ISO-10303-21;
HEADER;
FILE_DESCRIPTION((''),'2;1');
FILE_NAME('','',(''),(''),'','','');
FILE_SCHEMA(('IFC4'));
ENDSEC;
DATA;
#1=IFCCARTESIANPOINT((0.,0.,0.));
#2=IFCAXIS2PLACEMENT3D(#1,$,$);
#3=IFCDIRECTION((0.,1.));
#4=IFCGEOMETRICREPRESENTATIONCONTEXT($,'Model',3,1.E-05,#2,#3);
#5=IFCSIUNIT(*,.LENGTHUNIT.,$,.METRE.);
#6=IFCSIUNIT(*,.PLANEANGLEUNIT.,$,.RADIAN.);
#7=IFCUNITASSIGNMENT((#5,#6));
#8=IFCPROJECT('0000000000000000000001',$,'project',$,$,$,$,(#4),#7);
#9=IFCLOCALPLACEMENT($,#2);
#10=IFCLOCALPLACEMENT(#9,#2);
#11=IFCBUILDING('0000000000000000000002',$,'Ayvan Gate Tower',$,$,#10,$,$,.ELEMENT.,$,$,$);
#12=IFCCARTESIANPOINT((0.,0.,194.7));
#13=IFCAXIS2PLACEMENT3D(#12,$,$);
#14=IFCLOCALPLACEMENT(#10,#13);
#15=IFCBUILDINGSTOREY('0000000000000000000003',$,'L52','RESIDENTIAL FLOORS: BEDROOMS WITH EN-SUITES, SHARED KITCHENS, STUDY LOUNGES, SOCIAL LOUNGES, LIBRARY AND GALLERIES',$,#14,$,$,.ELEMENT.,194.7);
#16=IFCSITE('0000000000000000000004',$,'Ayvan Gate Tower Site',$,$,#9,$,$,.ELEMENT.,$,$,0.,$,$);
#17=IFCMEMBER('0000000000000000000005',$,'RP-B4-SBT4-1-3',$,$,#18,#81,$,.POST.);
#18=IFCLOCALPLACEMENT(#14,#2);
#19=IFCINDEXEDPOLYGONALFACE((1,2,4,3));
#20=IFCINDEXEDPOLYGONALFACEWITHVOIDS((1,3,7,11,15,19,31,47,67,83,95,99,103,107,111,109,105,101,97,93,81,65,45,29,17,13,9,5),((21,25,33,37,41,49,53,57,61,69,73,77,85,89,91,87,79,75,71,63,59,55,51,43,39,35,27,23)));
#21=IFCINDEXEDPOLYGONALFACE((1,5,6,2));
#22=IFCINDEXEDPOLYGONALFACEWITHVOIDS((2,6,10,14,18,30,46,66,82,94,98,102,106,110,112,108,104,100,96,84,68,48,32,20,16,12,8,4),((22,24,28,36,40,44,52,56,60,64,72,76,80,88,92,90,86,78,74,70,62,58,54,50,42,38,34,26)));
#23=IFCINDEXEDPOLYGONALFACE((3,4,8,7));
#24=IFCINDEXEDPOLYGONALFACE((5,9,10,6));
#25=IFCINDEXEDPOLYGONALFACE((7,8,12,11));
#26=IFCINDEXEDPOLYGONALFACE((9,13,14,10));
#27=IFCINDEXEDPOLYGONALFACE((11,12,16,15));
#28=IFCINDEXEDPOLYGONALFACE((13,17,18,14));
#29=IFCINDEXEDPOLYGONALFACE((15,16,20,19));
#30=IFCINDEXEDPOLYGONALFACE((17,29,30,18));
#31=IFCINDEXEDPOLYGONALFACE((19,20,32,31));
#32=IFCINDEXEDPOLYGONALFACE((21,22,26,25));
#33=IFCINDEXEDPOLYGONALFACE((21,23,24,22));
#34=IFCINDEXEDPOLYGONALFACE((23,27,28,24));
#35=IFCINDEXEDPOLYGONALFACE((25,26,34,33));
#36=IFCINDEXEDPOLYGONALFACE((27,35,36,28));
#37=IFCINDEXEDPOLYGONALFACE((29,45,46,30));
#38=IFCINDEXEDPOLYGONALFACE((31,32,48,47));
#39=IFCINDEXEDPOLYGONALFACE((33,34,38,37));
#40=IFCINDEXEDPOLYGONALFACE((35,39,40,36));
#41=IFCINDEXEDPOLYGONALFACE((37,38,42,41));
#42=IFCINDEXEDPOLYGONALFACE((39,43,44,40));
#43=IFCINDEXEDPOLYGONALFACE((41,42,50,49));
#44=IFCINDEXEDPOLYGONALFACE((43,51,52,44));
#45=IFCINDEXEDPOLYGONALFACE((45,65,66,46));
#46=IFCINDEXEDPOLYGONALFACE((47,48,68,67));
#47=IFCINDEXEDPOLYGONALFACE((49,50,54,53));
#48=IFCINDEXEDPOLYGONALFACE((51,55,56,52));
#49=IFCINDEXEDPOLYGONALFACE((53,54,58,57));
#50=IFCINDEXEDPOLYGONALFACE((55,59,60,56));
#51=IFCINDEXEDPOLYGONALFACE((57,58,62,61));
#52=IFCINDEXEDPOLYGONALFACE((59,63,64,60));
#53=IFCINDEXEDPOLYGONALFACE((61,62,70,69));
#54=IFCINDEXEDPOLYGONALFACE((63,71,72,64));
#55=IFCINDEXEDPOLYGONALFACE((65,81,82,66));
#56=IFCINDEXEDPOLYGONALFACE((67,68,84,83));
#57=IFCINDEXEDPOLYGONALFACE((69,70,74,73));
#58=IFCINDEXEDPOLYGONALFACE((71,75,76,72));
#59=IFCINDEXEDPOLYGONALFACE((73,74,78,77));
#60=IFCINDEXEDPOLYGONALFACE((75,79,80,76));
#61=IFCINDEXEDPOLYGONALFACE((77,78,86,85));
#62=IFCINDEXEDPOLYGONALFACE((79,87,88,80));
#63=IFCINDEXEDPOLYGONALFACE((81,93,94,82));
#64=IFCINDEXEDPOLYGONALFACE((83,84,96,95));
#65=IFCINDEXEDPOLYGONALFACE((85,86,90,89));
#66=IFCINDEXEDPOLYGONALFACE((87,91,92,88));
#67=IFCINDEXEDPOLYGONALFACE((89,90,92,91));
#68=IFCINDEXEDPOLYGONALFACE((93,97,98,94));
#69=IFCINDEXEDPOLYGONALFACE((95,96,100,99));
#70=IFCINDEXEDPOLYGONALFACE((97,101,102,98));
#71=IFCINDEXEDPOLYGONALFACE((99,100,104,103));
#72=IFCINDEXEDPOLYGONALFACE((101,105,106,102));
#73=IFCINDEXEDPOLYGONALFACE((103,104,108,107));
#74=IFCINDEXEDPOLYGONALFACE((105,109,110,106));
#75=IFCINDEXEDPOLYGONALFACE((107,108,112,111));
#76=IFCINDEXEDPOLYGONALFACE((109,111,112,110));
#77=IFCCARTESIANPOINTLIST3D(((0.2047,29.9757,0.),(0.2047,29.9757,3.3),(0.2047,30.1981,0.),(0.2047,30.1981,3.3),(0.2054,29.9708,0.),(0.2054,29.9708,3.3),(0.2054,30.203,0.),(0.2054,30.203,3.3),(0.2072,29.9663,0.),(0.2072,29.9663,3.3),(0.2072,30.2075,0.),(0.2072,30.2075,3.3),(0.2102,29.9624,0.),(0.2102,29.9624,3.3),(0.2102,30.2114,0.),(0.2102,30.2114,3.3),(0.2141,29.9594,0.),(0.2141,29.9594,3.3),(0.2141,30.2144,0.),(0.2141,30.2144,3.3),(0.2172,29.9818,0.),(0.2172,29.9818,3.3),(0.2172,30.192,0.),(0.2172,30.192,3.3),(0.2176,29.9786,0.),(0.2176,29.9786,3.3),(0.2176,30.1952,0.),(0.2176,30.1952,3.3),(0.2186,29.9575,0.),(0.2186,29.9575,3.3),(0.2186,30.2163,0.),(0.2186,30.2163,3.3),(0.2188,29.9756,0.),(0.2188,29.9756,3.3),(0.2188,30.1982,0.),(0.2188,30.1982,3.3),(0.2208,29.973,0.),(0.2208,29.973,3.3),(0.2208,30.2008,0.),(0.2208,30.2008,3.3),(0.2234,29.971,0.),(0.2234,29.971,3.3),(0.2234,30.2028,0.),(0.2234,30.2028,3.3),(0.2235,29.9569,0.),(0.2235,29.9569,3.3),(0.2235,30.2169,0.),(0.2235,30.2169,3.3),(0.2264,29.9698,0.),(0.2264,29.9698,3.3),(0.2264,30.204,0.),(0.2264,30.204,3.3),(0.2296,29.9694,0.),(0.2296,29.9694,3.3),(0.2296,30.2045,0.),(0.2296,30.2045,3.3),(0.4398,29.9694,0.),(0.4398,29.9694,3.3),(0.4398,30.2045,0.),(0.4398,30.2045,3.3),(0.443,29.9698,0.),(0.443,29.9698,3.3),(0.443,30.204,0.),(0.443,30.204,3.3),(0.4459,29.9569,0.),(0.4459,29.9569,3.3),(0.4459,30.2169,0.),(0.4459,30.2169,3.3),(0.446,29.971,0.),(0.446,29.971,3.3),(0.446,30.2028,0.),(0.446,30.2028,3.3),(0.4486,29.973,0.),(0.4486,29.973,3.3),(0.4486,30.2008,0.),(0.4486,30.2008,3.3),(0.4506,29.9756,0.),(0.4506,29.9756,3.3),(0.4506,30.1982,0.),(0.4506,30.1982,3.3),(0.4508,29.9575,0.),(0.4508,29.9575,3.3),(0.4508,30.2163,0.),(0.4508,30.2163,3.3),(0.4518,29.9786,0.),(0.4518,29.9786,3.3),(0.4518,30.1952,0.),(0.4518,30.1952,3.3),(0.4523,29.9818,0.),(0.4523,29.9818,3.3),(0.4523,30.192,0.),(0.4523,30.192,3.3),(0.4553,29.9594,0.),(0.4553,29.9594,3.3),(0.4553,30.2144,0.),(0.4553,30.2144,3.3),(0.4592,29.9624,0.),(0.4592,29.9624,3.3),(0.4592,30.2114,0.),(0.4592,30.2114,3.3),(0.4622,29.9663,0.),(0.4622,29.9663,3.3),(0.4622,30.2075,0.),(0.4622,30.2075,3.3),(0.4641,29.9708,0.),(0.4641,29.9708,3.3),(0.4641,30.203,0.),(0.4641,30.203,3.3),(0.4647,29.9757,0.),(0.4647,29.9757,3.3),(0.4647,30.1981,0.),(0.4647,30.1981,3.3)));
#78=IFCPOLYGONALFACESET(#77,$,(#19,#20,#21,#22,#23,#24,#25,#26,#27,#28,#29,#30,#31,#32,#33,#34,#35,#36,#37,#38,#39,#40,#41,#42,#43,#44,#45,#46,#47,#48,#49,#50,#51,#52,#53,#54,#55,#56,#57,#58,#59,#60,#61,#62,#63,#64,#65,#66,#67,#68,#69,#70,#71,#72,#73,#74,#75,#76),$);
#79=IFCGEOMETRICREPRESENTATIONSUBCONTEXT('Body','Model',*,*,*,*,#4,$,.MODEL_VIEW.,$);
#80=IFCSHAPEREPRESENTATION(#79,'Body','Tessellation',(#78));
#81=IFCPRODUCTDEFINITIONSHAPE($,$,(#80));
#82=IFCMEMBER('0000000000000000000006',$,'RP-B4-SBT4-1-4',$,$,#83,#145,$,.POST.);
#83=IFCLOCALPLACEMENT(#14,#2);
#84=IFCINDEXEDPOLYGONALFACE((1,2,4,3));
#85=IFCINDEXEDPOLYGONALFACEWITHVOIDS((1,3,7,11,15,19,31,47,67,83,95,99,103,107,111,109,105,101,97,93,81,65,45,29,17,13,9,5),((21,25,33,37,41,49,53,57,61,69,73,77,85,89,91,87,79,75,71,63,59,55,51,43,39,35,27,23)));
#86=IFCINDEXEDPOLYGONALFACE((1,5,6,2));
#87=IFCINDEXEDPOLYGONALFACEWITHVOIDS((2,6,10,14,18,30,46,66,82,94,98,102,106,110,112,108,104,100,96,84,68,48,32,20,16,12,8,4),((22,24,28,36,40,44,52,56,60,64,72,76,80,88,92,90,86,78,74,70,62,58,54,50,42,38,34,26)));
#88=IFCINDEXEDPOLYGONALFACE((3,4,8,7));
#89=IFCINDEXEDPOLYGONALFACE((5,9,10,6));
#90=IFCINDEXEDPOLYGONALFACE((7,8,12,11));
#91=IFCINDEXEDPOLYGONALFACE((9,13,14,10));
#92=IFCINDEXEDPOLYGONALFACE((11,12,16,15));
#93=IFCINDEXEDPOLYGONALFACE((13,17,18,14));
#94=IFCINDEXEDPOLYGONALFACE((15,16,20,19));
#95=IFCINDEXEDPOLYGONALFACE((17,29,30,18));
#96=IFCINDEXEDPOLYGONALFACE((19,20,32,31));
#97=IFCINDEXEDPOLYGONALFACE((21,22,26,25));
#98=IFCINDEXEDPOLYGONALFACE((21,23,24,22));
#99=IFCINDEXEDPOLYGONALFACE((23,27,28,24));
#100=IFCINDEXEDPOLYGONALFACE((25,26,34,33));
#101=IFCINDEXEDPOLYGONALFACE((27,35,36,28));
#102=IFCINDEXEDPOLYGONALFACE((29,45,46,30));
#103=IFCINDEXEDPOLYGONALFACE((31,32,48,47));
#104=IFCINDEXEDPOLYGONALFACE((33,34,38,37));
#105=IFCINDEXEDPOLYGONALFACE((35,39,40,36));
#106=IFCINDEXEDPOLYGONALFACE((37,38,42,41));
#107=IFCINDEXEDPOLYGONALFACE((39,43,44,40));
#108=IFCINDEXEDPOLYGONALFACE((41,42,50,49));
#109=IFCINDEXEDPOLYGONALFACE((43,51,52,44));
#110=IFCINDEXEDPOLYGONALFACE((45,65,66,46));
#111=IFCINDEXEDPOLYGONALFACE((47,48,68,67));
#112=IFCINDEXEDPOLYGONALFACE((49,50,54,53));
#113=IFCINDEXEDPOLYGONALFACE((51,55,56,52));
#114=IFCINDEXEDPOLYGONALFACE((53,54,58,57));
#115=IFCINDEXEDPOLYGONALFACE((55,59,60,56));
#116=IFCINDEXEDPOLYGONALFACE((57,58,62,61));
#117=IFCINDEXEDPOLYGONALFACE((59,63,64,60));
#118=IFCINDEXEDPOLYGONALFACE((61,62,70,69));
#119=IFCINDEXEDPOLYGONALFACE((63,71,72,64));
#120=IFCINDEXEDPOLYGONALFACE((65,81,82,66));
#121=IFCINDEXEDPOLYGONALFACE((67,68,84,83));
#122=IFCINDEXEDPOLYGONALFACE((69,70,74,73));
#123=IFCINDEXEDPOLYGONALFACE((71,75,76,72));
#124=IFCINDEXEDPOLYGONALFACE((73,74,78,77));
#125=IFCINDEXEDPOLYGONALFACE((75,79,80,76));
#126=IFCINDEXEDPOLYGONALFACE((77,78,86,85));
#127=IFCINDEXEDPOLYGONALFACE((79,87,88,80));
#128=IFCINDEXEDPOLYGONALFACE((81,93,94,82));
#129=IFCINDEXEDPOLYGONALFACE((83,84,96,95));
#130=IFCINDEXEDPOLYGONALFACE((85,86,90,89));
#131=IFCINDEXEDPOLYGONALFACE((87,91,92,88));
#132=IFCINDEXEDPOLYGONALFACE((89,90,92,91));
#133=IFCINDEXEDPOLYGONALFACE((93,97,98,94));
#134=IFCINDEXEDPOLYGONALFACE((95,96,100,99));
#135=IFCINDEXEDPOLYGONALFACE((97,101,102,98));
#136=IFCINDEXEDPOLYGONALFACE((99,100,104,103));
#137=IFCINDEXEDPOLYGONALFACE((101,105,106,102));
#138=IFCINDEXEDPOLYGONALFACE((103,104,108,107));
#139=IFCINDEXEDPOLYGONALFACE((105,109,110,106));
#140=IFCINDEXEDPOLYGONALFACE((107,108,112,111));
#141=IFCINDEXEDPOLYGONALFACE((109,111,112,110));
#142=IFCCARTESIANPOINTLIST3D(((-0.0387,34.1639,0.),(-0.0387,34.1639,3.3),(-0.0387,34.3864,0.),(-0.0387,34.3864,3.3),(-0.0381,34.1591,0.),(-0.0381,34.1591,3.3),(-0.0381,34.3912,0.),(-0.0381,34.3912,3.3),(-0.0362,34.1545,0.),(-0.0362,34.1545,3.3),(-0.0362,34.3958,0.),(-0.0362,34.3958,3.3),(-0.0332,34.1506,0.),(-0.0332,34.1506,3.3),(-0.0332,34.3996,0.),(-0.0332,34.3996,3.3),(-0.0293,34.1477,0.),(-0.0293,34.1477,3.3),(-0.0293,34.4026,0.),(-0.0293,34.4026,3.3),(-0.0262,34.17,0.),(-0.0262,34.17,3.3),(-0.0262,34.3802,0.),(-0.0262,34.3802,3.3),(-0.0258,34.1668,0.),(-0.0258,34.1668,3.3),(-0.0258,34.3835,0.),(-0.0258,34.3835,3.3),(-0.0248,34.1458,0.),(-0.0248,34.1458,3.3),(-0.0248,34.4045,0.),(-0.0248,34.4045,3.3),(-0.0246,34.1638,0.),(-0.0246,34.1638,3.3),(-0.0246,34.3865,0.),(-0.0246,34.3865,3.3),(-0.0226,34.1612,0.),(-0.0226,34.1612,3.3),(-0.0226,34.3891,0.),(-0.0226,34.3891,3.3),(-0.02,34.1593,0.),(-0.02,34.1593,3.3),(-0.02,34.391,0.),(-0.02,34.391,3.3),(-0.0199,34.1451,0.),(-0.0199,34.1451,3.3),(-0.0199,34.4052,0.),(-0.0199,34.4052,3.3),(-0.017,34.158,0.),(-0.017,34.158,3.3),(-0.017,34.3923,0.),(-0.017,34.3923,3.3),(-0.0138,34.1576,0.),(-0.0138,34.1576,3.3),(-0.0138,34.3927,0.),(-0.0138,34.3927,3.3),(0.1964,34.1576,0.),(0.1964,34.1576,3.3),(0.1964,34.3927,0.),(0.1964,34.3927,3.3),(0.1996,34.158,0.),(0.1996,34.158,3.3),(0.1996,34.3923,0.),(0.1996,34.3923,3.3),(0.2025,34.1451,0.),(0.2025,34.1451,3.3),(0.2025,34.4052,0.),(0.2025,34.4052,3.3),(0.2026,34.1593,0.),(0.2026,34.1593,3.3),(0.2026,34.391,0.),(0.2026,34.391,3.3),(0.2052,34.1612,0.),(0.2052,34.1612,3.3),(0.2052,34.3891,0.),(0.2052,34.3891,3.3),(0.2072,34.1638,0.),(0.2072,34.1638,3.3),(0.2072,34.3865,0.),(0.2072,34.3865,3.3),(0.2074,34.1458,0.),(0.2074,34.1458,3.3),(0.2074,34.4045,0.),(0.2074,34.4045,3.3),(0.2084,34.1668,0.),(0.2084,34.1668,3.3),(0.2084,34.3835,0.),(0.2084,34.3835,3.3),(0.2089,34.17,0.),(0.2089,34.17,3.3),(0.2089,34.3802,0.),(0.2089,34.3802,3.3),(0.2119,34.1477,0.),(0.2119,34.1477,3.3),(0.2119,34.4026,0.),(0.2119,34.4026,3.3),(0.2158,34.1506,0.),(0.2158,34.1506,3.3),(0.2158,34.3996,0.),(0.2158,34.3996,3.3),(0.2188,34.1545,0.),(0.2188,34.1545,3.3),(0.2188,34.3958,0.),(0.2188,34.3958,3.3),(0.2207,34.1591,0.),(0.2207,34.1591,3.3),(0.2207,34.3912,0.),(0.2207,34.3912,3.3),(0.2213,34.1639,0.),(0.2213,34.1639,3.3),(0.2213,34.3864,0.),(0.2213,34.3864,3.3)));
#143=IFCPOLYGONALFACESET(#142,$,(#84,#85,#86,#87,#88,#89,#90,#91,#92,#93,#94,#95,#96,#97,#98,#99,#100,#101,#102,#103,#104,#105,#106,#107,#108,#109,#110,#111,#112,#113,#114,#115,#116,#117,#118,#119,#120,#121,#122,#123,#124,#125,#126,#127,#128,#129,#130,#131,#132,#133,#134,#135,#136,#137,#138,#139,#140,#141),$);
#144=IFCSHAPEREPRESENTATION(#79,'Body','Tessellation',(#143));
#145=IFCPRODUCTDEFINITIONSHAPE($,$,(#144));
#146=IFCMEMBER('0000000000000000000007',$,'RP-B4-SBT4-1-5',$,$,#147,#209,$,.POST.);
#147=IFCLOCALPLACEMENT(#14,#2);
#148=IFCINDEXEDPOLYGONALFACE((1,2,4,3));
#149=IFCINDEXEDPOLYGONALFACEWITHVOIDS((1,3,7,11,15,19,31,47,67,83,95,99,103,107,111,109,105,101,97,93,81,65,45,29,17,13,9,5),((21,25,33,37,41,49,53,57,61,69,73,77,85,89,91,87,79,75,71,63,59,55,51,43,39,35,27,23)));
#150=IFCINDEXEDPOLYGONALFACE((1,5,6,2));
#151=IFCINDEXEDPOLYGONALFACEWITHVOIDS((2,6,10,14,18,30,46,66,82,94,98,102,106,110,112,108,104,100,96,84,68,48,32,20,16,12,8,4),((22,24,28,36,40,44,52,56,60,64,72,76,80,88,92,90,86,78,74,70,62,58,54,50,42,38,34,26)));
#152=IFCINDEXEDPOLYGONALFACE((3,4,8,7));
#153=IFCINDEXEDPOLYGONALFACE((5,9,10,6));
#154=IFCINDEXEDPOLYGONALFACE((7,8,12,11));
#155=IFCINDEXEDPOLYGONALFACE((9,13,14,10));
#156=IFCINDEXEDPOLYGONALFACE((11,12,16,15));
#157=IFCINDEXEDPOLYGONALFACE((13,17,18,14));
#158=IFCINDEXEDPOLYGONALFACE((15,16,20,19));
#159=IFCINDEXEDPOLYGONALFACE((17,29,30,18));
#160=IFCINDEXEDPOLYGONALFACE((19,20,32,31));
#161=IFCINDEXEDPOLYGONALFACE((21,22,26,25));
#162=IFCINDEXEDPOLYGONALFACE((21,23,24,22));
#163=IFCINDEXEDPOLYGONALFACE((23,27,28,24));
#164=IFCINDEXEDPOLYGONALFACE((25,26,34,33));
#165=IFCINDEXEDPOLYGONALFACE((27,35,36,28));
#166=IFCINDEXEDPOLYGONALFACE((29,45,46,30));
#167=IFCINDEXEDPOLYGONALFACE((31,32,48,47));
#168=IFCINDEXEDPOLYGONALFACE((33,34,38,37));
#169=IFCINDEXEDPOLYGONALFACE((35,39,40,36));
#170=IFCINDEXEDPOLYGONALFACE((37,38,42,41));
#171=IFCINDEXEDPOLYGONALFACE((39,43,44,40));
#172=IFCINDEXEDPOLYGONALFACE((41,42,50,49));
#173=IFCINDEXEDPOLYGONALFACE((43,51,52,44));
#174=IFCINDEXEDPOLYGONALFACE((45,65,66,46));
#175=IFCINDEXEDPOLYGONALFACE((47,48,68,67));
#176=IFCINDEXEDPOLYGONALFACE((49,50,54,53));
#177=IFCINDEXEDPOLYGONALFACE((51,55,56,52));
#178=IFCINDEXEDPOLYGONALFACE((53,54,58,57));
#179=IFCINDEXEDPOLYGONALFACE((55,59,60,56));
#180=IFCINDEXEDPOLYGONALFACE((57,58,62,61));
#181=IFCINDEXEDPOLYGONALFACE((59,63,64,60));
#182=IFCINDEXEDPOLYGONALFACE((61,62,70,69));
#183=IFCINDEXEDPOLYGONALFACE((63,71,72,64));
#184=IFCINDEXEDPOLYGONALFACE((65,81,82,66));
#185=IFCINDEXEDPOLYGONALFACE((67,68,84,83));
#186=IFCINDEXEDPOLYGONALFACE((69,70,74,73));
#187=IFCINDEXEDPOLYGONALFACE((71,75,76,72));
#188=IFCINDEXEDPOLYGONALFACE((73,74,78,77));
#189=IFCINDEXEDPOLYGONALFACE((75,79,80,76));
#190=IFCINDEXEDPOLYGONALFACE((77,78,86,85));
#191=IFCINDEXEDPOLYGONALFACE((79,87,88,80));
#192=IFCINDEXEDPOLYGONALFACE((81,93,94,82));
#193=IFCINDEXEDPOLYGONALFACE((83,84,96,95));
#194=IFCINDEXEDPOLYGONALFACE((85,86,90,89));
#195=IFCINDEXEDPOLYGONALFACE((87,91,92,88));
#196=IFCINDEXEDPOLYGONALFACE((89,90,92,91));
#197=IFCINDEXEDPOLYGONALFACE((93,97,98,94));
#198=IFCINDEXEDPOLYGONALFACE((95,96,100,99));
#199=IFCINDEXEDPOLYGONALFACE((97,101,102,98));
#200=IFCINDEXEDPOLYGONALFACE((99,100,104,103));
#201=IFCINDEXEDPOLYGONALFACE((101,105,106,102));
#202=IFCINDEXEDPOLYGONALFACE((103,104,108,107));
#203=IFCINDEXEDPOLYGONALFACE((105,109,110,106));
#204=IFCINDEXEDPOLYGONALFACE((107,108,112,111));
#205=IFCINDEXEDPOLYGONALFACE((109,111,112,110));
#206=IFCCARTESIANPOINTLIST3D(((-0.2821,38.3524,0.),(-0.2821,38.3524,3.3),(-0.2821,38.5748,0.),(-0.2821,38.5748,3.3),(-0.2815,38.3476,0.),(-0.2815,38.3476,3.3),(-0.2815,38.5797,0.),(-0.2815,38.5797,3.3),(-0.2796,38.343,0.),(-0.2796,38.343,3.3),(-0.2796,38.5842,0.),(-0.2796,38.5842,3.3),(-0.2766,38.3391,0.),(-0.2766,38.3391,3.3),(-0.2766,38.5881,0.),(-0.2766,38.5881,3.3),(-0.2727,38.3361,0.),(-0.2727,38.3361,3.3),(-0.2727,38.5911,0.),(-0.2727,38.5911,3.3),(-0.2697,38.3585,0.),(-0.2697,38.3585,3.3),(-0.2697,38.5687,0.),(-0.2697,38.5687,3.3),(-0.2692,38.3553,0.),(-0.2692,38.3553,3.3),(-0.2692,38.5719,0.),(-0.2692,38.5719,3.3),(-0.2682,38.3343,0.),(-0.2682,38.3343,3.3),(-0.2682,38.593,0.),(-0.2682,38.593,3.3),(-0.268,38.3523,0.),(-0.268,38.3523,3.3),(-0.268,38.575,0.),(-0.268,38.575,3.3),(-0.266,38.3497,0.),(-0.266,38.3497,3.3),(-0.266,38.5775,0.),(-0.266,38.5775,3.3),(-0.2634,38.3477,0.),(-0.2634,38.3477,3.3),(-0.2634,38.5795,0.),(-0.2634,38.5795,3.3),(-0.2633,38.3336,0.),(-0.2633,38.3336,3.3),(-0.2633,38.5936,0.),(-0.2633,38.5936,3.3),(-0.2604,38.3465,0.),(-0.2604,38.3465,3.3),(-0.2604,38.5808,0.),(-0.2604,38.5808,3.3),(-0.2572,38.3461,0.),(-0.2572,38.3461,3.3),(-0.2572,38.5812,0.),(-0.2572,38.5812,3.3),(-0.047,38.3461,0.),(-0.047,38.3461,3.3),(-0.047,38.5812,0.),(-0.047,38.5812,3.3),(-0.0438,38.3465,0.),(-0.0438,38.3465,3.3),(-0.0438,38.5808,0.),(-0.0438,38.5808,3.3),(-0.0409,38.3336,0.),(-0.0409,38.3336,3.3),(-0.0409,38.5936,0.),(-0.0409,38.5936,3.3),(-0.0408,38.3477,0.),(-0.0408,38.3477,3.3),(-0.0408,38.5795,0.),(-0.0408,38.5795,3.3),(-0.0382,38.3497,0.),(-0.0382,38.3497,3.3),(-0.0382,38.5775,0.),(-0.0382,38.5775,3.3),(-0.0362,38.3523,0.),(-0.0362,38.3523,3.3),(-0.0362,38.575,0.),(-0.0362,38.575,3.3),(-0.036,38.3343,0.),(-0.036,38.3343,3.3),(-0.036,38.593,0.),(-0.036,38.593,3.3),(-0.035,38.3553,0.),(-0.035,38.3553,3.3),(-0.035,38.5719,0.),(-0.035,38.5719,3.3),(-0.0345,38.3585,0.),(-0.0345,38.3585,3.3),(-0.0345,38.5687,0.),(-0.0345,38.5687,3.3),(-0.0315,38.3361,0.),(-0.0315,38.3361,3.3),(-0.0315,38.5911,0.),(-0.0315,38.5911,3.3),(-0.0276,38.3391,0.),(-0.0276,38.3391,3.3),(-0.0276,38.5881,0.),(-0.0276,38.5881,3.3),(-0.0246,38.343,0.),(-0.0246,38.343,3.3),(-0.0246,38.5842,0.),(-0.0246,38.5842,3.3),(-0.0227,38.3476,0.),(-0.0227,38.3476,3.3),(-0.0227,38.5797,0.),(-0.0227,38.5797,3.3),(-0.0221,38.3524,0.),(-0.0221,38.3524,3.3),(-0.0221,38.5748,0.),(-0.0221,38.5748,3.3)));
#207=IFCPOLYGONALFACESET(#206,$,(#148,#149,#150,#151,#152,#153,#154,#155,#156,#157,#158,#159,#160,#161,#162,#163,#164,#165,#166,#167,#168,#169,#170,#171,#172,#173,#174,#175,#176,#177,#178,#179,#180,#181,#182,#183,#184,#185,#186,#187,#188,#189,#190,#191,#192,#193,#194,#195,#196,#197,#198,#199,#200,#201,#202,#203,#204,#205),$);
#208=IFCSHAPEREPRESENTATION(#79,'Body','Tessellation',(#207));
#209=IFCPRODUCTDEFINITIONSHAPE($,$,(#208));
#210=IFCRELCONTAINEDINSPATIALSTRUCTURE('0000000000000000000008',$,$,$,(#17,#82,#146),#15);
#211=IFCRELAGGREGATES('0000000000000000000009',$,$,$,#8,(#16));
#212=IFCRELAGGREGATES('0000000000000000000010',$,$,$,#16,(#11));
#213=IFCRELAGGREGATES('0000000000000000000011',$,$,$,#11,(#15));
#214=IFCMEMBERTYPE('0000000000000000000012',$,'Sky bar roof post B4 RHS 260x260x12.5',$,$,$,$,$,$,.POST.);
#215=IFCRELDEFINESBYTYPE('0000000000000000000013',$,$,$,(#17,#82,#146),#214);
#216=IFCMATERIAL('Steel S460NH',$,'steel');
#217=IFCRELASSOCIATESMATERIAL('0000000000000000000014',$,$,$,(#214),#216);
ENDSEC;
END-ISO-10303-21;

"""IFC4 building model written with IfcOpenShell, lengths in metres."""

from ifc_helpers import new_model, si_unit, direction, frame, origin, origin_2d, place, context, subcontext, project, spatial, hollow_rectangle, extrude, material, material_profile, profile_set, type_object, element, save


model = new_model("IFC4")

# Units and contexts
model_context = context("Model", 3, precision=1e-05, world=origin(), true_north=direction((0.0, 1.0)))
body_context = subcontext(model_context, "Body", "Model", "MODEL_VIEW")
ifc_project = project(units=[si_unit("LENGTHUNIT", "METRE"), si_unit("PLANEANGLEUNIT", "RADIAN")], contexts=[model_context])

# Site, building, storey
site_placement = place(None, origin())
site = spatial("IfcSite", under=ifc_project, at=site_placement, Name="Ayvan Gate Tower Site", CompositionType="ELEMENT", RefElevation=0.0)
building_placement = place(site_placement, origin())
building = spatial("IfcBuilding", under=site, at=building_placement, Name="Ayvan Gate Tower", CompositionType="ELEMENT")
storey_placement = place(building_placement, frame((0.0, 0.0, 194.7)))
storey = spatial("IfcBuildingStorey", under=building, at=storey_placement, Name="L52", Description="RESIDENTIAL FLOORS: BEDROOMS WITH EN-SUITES, SHARED KITCHENS, STUDY LOUNGES, SOCIAL LOUNGES, LIBRARY AND GALLERIES", CompositionType="ELEMENT", Elevation=194.7)

# Members
ifc_material_1 = material(Name="Steel S460NH", Category="steel")
ifc_material_profile_1 = material_profile(ifc_material_1, hollow_rectangle(XDim=0.26, YDim=0.26, WallThickness=0.0125, InnerFilletRadius=0.0125, OuterFilletRadius=0.0188, at=origin_2d()), Name="RHS 260x260x12.5")
ifc_profile_set_1 = profile_set([ifc_material_profile_1], Name="Steel S460NH")
member_type_1 = type_object("IfcMemberType", Name="Sky bar roof post B4 RHS 260x260x12.5", PredefinedType="POST", material=ifc_profile_set_1)
for number, where, z_axis, x_axis, name in (
    (1, (0.3347, 30.0869, 0.0), (0.0, 0.0, 1.0), (1.0, 0.0, 0.0), "RP-B4-SBT4-1-3"),
    (2, (0.0913, 34.2751, 0.0), (0.0, 0.0, 1.0), (1.0, 0.0, 0.0), "RP-B4-SBT4-1-4"),
    (3, (-0.1521, 38.4636, 0.0), (0.0, 0.0, 1.0), (1.0, 0.0, 0.0), "RP-B4-SBT4-1-5"),
):
    element("IfcMember", number, at=place(storey_placement, frame(where, z_axis=z_axis, x_axis=x_axis)), inside=storey, type_object=member_type_1, Name=name, PredefinedType="POST", context=body_context, shape_type="SweptSolid", body=[
        extrude(hollow_rectangle(XDim=0.26, YDim=0.26, WallThickness=0.0125, InnerFilletRadius=0.0125, OuterFilletRadius=0.0188, at=origin_2d()), origin(), (0.0, 0.0, 1.0), 3.3),
    ])

save(model, "model.ifc")
